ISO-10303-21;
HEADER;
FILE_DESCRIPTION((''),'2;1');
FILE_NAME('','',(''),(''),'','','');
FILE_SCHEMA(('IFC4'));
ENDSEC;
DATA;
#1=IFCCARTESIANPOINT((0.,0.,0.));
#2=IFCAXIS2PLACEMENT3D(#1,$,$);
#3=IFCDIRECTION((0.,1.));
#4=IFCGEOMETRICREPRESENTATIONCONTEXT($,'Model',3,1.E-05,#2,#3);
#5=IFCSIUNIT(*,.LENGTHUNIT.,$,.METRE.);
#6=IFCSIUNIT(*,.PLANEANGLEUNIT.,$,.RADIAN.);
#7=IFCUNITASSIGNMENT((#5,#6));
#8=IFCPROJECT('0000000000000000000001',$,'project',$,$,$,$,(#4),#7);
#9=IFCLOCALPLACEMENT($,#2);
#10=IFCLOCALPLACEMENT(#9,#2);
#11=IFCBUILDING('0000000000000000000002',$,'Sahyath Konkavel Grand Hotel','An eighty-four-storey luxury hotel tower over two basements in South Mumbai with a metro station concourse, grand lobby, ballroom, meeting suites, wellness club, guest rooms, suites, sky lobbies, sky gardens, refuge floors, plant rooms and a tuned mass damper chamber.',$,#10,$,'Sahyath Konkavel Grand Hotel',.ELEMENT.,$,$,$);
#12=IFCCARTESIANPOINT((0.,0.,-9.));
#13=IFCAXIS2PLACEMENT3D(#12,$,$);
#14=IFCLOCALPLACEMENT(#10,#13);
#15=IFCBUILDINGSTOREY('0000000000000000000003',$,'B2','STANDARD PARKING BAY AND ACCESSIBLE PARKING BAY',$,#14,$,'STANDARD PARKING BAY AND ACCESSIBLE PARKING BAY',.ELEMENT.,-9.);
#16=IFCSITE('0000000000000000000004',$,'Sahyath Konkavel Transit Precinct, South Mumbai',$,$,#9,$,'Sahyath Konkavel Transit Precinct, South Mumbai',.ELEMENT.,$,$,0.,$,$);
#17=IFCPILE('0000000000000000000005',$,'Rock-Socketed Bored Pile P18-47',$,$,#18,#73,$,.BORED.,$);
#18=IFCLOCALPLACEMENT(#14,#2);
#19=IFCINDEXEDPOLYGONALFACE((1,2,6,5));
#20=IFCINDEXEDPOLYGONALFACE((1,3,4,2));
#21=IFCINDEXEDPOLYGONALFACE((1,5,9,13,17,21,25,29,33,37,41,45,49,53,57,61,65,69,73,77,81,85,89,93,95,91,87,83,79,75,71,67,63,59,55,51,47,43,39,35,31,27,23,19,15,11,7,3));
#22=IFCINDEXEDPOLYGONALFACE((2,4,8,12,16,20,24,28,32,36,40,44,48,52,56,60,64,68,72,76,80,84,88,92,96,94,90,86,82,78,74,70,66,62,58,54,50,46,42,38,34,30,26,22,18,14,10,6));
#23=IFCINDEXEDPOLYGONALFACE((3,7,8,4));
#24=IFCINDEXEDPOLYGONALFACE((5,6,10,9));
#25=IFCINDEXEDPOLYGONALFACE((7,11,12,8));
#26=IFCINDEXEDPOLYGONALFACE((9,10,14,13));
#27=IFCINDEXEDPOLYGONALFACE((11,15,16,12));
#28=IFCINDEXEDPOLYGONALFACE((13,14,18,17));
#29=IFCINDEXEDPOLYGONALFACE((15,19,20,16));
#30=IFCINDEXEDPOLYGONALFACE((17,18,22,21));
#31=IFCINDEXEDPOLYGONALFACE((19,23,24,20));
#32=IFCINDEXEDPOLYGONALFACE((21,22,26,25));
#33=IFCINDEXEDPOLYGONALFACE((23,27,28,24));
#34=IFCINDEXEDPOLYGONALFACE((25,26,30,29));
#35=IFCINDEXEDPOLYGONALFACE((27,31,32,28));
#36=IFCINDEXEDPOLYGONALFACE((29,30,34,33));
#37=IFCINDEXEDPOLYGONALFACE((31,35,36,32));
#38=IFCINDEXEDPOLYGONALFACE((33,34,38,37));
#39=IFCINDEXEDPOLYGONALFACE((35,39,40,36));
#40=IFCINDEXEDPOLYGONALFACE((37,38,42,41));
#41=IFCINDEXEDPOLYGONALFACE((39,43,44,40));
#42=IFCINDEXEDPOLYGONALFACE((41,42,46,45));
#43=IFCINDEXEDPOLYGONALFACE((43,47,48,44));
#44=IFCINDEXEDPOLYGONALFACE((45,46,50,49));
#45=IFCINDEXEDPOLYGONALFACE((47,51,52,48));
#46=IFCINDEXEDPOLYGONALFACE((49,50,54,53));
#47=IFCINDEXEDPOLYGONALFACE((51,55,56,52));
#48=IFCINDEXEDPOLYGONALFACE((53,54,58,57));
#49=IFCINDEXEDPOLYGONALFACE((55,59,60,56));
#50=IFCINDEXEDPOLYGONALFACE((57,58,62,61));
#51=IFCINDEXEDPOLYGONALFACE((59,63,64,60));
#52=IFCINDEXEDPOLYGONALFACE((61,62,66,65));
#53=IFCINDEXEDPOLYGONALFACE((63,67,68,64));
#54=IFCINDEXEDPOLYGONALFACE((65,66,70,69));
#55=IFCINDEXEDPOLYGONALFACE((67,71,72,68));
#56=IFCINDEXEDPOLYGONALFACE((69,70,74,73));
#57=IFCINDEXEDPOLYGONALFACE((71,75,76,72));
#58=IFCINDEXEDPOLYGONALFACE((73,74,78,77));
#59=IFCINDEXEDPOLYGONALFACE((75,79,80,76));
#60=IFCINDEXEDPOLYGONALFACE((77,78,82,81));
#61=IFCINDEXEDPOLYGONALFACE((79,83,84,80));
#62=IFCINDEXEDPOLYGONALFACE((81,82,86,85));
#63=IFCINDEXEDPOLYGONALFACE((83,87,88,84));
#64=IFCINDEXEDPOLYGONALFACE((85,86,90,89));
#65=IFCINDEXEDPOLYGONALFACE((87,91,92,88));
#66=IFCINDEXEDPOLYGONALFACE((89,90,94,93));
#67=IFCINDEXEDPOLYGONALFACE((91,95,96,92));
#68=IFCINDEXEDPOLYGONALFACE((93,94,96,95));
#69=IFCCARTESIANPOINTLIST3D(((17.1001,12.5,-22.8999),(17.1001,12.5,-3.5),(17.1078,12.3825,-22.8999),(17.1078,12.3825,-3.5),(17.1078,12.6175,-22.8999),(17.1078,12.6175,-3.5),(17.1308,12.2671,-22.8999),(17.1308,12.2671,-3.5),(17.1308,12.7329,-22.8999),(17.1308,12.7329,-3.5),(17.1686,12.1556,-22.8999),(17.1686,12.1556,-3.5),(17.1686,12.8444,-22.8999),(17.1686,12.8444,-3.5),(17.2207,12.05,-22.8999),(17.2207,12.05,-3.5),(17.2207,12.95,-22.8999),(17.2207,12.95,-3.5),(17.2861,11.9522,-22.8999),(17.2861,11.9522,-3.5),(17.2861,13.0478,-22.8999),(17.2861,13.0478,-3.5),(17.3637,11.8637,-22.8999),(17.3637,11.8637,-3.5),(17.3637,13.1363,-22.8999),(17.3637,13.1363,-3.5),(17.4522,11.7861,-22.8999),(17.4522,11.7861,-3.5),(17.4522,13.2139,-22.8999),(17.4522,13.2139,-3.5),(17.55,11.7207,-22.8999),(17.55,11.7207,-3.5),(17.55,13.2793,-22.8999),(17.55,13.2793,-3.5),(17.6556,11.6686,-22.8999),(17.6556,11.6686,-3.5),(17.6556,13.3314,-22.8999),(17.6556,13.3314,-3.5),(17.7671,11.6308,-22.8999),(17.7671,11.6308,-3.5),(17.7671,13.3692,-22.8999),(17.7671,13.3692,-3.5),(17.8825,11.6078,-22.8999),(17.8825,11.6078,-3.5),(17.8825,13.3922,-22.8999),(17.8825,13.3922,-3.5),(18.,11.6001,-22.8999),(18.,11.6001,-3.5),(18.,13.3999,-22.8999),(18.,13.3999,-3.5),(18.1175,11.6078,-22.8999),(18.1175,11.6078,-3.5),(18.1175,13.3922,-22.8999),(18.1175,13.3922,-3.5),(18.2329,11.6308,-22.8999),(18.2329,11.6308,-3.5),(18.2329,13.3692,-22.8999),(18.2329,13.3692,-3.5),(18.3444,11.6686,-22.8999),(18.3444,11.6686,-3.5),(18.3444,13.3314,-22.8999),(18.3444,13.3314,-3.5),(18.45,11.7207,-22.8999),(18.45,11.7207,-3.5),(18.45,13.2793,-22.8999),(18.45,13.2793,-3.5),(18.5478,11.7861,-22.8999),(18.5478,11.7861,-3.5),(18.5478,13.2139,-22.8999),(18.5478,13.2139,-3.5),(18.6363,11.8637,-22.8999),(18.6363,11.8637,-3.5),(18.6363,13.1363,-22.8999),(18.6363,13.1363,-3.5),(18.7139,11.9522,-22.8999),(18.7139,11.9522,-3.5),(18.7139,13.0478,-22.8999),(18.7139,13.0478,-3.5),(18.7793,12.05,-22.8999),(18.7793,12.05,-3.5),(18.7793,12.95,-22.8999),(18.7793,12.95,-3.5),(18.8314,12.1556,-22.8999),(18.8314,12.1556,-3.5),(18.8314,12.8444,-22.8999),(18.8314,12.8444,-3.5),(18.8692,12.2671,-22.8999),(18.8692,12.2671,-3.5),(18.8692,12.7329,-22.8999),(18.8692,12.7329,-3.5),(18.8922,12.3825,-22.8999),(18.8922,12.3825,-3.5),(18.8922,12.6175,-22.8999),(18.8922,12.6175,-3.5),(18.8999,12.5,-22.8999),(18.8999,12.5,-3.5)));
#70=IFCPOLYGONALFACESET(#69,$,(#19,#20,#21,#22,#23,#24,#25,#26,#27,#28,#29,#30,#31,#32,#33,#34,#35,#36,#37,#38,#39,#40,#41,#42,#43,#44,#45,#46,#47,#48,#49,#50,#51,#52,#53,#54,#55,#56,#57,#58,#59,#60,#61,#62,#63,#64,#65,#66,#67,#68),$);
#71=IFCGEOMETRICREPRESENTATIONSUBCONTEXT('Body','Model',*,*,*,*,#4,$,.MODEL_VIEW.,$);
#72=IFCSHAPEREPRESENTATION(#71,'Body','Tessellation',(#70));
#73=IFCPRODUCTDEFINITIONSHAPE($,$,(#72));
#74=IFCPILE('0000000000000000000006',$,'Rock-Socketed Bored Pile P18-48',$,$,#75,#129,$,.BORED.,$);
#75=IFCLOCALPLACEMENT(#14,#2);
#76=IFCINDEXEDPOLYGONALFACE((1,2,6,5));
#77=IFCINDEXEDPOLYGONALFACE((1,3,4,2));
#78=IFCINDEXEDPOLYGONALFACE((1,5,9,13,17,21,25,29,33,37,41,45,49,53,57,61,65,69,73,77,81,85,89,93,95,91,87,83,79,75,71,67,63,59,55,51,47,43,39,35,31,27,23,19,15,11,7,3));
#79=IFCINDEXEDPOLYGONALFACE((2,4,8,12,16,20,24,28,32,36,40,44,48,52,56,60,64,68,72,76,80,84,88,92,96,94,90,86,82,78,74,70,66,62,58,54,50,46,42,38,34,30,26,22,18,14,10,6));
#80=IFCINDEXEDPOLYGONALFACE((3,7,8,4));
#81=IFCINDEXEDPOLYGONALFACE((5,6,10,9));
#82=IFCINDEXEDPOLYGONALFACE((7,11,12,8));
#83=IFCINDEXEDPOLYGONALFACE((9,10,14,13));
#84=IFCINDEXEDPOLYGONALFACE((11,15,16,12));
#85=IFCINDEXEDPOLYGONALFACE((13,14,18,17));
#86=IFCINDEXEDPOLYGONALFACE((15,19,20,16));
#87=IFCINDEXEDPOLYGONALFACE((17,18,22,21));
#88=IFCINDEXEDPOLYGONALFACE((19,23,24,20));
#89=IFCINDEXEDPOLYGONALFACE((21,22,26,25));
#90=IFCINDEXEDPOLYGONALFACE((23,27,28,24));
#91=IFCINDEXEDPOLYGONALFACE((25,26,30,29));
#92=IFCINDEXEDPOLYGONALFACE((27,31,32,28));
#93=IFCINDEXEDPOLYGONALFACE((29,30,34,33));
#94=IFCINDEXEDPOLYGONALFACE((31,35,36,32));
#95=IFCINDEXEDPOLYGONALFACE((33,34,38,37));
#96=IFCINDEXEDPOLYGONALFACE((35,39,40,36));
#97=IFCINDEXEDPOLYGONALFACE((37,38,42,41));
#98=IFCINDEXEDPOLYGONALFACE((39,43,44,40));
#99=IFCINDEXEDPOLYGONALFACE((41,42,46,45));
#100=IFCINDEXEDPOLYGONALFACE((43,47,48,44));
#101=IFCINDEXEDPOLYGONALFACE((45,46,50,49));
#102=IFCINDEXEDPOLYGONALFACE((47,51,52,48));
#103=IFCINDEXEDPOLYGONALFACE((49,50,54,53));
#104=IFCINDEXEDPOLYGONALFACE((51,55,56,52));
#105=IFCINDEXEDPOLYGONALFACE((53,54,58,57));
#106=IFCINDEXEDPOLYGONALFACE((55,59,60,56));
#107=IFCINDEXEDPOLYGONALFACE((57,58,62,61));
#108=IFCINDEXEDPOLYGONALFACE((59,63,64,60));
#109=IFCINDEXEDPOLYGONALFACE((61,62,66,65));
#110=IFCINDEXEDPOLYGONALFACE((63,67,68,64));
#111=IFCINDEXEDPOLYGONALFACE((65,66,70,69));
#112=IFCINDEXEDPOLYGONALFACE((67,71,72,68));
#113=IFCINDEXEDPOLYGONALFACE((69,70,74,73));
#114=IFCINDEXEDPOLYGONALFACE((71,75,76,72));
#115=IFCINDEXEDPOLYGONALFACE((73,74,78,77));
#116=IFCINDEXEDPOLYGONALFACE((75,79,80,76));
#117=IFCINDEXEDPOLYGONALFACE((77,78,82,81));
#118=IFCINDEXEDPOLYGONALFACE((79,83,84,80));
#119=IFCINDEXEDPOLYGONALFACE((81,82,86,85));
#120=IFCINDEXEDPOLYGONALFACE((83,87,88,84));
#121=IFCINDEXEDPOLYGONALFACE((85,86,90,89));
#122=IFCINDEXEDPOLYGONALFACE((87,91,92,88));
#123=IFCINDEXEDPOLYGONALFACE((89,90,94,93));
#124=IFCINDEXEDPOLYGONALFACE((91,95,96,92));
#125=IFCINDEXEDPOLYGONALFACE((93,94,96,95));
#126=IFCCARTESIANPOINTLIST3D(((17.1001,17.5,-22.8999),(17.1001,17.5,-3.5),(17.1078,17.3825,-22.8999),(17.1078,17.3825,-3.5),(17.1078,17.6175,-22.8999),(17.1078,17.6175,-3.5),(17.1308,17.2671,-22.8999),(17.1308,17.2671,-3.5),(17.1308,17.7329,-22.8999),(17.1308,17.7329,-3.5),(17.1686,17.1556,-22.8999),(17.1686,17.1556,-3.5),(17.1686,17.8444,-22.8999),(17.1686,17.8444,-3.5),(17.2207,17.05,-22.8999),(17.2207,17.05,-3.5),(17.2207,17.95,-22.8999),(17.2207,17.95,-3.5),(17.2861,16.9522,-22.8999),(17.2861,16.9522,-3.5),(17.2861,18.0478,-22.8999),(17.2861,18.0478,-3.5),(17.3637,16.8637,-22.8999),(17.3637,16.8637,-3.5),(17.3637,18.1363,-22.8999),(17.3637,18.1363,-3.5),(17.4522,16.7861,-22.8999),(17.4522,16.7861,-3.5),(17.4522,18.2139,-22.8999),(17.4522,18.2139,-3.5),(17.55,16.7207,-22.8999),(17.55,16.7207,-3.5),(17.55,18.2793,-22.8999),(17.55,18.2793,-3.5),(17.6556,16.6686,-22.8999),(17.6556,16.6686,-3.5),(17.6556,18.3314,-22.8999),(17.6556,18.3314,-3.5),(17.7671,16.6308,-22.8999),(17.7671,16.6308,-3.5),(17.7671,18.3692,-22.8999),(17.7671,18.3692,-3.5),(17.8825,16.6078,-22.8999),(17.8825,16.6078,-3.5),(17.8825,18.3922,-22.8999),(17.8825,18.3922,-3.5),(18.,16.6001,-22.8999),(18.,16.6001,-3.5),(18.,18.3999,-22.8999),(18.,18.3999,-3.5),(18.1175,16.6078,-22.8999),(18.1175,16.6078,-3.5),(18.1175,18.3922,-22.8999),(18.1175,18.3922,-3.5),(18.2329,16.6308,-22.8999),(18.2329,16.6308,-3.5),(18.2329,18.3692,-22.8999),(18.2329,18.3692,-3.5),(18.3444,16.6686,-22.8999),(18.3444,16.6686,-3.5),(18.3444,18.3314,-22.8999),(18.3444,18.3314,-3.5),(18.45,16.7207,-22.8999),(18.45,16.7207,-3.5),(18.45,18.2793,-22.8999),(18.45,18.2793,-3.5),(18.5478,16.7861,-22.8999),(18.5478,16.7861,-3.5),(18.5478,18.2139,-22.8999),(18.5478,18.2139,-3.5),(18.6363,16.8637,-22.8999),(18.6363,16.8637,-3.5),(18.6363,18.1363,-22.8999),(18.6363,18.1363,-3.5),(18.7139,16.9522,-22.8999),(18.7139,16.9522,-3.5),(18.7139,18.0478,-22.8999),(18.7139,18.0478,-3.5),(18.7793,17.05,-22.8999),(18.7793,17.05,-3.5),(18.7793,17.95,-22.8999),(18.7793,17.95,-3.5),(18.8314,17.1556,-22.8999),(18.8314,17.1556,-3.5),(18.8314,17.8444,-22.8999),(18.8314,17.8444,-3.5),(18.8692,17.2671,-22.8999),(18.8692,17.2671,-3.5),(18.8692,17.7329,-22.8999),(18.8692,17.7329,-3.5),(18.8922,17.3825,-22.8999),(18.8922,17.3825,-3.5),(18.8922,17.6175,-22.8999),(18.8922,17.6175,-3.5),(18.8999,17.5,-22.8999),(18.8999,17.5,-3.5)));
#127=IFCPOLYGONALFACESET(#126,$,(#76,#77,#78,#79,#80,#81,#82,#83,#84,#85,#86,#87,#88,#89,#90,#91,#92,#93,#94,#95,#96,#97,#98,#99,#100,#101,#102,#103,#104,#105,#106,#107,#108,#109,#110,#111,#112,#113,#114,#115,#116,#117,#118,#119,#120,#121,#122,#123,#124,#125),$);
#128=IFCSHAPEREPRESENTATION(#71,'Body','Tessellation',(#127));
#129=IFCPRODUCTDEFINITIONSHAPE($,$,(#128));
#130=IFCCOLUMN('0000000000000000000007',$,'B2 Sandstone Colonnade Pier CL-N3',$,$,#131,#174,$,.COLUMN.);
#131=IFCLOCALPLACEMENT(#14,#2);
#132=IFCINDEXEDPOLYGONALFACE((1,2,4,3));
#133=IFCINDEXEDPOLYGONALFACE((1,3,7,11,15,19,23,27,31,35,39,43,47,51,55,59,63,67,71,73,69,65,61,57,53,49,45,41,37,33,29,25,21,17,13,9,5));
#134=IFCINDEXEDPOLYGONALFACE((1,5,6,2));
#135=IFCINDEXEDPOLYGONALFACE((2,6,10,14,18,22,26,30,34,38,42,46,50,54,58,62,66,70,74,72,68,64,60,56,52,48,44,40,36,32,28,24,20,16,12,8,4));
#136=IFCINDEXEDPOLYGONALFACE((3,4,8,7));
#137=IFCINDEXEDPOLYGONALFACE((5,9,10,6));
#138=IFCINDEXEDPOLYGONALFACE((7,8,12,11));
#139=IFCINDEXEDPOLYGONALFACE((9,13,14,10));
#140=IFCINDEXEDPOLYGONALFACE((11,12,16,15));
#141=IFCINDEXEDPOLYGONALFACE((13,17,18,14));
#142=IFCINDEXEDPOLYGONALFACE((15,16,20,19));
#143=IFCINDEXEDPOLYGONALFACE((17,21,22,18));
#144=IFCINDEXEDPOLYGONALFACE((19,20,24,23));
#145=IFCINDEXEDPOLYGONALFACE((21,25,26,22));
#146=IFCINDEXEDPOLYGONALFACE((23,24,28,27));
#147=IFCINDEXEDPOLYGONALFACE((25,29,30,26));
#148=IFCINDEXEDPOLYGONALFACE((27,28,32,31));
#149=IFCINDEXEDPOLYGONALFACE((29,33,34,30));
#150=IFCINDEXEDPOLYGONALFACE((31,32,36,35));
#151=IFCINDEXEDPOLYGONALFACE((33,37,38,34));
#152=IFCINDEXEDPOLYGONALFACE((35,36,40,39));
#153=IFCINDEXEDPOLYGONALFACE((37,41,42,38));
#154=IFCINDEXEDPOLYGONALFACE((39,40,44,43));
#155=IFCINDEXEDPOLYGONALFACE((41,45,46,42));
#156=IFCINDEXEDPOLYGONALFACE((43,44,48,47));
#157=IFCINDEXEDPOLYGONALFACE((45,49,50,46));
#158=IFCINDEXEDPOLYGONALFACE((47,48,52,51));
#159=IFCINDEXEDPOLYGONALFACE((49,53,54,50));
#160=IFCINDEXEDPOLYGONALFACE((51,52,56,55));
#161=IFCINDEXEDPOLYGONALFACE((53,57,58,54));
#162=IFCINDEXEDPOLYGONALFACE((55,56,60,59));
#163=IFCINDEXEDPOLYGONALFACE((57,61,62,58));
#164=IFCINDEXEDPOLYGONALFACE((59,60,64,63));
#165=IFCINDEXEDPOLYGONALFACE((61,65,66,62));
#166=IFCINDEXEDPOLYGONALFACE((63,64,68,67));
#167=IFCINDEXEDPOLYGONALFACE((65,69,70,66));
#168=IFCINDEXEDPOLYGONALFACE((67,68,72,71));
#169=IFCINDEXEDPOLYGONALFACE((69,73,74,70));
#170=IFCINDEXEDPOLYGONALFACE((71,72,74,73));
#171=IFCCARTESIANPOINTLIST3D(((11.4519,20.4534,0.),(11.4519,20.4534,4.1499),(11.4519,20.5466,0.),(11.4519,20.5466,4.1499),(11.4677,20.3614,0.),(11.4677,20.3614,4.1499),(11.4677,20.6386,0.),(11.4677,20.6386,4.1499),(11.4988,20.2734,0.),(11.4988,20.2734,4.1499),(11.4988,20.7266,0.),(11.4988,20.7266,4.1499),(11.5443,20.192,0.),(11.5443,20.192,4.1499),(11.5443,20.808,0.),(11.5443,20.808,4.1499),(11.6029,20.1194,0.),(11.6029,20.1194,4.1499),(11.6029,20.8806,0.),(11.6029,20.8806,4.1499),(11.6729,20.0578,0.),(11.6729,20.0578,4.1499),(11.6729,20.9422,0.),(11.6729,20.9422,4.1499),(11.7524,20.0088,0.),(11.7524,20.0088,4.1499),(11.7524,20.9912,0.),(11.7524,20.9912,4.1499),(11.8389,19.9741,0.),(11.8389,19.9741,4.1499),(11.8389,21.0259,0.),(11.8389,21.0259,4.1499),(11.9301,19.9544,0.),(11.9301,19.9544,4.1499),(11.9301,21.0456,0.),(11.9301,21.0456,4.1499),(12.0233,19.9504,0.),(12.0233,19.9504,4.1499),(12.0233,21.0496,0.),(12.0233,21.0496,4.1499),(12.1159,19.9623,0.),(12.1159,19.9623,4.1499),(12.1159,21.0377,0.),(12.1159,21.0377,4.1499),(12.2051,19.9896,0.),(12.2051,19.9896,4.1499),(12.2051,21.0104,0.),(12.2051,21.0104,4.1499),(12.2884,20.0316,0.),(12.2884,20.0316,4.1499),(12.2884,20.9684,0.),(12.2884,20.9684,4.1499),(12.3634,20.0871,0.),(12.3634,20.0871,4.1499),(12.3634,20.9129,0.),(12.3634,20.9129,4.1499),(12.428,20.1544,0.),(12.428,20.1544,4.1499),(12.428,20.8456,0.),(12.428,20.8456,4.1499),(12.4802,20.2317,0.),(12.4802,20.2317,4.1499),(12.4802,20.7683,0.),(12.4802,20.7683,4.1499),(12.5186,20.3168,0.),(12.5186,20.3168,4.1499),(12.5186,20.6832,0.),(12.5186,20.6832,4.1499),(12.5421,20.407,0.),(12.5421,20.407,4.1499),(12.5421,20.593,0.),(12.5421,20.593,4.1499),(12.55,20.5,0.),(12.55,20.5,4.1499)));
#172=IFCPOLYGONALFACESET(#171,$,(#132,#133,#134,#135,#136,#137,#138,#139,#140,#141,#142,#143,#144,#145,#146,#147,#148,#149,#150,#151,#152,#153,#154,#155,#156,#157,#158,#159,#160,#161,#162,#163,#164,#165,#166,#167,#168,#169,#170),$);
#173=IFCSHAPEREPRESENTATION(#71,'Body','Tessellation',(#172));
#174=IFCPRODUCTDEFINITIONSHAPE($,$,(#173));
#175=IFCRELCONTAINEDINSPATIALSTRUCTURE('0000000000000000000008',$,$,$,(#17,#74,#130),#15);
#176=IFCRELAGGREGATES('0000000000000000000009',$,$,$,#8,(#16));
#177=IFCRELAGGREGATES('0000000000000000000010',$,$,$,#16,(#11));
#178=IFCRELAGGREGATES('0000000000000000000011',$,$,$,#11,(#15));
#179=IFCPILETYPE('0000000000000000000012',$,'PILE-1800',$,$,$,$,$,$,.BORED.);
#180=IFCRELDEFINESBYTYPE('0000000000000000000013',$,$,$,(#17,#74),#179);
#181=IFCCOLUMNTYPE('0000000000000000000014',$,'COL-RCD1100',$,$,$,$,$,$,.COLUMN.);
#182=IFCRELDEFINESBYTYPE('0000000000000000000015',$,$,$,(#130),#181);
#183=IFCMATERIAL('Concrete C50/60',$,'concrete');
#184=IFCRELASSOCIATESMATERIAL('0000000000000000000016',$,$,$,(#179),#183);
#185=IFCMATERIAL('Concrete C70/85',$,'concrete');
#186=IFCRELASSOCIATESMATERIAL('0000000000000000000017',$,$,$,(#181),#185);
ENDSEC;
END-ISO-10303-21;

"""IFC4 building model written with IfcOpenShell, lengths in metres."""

from ifc_helpers import new_model, si_unit, direction, frame, origin, origin_2d, place, context, subcontext, project, spatial, circle, extrude, source, transform, mapped, material, material_profile, profile_set, type_object, element, save


model = new_model("IFC4")

# Units and contexts
model_context = context("Model", 3, precision=1e-05, world=origin(), true_north=direction((0.0, 1.0)))
body_context = subcontext(model_context, "Body", "Model", "MODEL_VIEW")
ifc_project = project(units=[si_unit("LENGTHUNIT", "METRE"), si_unit("PLANEANGLEUNIT", "RADIAN")], contexts=[model_context])

# Site, building, storey
site_placement = place(None, origin())
site = spatial("IfcSite", under=ifc_project, at=site_placement, Name="Sahyath Konkavel Transit Precinct, South Mumbai", LongName="Sahyath Konkavel Transit Precinct, South Mumbai", CompositionType="ELEMENT", RefElevation=0.0)
building_placement = place(site_placement, origin())
building = spatial("IfcBuilding", under=site, at=building_placement, Name="Sahyath Konkavel Grand Hotel", Description="An eighty-four-storey luxury hotel tower over two basements in South Mumbai with a metro station concourse, grand lobby, ballroom, meeting suites, wellness club, guest rooms, suites, sky lobbies, sky gardens, refuge floors, plant rooms and a tuned mass damper chamber.", LongName="Sahyath Konkavel Grand Hotel", CompositionType="ELEMENT")
storey_placement = place(building_placement, frame((0.0, 0.0, -9.0)))
storey = spatial("IfcBuildingStorey", under=building, at=storey_placement, Name="B2", Description="STANDARD PARKING BAY AND ACCESSIBLE PARKING BAY", LongName="STANDARD PARKING BAY AND ACCESSIBLE PARKING BAY", CompositionType="ELEMENT", Elevation=-9.0)

# Piles
ifc_material_1 = material(Name="Concrete C50/60", Category="concrete")
ifc_material_profile_1 = material_profile(ifc_material_1, circle(Radius=0.8999, at=origin_2d()), Name="PILE D1800")
ifc_profile_set_1 = profile_set([ifc_material_profile_1], Name="Concrete C50/60")
pile_type_1 = type_object("IfcPileType", Name="PILE-1800", PredefinedType="BORED", material=ifc_profile_set_1)
for number, where, z_axis, x_axis, name in (
    (1, (18.0, 12.5, -3.5), (0.0, 0.0, -1.0), (1.0, 0.0, 0.0), "Rock-Socketed Bored Pile P18-47"),
    (2, (18.0, 17.5, -3.5), (0.0, 0.0, -1.0), (1.0, 0.0, 0.0), "Rock-Socketed Bored Pile P18-48"),
):
    element("IfcPile", number, at=place(storey_placement, frame(where, z_axis=z_axis, x_axis=x_axis)), inside=storey, type_object=pile_type_1, Name=name, PredefinedType="BORED", context=body_context, shape_type="SweptSolid", body=[
        extrude(circle(Radius=0.8999, at=origin_2d()), origin(), (0.0, 0.0, 1.0), 19.3999),
    ])

# Column
ifc_material_2 = material(Name="Concrete C70/85", Category="concrete")
ifc_material_profile_2 = material_profile(ifc_material_2, circle(Radius=0.55, at=origin_2d()), Name="RC D1100")
ifc_profile_set_2 = profile_set([ifc_material_profile_2], Name="Concrete C70/85")
column_type_1 = type_object("IfcColumnType", Name="COL-RCD1100", PredefinedType="COLUMN", material=ifc_profile_set_2)
shared_shape_1 = source(origin(), body_context, "Body", "SweptSolid", [
    extrude(circle(Radius=0.55, at=origin_2d()), origin(), (0.0, 0.0, 1.0), 4.1499),
])
for number, where, z_axis, x_axis, name in (
    (3, (12.0, 20.5, 0.0), (0.0, 0.0, 1.0), (1.0, 0.0, 0.0), "B2 Sandstone Colonnade Pier CL-N3"),
):
    element("IfcColumn", number, at=place(storey_placement, frame(where, z_axis=z_axis, x_axis=x_axis)), inside=storey, type_object=column_type_1, Name=name, PredefinedType="COLUMN", context=body_context, shape_type="MappedRepresentation", body=[
        mapped(shared_shape_1, transform((0.0, 0.0, 0.0), scale=1.0)),
    ])

save(model, "model.ifc")
